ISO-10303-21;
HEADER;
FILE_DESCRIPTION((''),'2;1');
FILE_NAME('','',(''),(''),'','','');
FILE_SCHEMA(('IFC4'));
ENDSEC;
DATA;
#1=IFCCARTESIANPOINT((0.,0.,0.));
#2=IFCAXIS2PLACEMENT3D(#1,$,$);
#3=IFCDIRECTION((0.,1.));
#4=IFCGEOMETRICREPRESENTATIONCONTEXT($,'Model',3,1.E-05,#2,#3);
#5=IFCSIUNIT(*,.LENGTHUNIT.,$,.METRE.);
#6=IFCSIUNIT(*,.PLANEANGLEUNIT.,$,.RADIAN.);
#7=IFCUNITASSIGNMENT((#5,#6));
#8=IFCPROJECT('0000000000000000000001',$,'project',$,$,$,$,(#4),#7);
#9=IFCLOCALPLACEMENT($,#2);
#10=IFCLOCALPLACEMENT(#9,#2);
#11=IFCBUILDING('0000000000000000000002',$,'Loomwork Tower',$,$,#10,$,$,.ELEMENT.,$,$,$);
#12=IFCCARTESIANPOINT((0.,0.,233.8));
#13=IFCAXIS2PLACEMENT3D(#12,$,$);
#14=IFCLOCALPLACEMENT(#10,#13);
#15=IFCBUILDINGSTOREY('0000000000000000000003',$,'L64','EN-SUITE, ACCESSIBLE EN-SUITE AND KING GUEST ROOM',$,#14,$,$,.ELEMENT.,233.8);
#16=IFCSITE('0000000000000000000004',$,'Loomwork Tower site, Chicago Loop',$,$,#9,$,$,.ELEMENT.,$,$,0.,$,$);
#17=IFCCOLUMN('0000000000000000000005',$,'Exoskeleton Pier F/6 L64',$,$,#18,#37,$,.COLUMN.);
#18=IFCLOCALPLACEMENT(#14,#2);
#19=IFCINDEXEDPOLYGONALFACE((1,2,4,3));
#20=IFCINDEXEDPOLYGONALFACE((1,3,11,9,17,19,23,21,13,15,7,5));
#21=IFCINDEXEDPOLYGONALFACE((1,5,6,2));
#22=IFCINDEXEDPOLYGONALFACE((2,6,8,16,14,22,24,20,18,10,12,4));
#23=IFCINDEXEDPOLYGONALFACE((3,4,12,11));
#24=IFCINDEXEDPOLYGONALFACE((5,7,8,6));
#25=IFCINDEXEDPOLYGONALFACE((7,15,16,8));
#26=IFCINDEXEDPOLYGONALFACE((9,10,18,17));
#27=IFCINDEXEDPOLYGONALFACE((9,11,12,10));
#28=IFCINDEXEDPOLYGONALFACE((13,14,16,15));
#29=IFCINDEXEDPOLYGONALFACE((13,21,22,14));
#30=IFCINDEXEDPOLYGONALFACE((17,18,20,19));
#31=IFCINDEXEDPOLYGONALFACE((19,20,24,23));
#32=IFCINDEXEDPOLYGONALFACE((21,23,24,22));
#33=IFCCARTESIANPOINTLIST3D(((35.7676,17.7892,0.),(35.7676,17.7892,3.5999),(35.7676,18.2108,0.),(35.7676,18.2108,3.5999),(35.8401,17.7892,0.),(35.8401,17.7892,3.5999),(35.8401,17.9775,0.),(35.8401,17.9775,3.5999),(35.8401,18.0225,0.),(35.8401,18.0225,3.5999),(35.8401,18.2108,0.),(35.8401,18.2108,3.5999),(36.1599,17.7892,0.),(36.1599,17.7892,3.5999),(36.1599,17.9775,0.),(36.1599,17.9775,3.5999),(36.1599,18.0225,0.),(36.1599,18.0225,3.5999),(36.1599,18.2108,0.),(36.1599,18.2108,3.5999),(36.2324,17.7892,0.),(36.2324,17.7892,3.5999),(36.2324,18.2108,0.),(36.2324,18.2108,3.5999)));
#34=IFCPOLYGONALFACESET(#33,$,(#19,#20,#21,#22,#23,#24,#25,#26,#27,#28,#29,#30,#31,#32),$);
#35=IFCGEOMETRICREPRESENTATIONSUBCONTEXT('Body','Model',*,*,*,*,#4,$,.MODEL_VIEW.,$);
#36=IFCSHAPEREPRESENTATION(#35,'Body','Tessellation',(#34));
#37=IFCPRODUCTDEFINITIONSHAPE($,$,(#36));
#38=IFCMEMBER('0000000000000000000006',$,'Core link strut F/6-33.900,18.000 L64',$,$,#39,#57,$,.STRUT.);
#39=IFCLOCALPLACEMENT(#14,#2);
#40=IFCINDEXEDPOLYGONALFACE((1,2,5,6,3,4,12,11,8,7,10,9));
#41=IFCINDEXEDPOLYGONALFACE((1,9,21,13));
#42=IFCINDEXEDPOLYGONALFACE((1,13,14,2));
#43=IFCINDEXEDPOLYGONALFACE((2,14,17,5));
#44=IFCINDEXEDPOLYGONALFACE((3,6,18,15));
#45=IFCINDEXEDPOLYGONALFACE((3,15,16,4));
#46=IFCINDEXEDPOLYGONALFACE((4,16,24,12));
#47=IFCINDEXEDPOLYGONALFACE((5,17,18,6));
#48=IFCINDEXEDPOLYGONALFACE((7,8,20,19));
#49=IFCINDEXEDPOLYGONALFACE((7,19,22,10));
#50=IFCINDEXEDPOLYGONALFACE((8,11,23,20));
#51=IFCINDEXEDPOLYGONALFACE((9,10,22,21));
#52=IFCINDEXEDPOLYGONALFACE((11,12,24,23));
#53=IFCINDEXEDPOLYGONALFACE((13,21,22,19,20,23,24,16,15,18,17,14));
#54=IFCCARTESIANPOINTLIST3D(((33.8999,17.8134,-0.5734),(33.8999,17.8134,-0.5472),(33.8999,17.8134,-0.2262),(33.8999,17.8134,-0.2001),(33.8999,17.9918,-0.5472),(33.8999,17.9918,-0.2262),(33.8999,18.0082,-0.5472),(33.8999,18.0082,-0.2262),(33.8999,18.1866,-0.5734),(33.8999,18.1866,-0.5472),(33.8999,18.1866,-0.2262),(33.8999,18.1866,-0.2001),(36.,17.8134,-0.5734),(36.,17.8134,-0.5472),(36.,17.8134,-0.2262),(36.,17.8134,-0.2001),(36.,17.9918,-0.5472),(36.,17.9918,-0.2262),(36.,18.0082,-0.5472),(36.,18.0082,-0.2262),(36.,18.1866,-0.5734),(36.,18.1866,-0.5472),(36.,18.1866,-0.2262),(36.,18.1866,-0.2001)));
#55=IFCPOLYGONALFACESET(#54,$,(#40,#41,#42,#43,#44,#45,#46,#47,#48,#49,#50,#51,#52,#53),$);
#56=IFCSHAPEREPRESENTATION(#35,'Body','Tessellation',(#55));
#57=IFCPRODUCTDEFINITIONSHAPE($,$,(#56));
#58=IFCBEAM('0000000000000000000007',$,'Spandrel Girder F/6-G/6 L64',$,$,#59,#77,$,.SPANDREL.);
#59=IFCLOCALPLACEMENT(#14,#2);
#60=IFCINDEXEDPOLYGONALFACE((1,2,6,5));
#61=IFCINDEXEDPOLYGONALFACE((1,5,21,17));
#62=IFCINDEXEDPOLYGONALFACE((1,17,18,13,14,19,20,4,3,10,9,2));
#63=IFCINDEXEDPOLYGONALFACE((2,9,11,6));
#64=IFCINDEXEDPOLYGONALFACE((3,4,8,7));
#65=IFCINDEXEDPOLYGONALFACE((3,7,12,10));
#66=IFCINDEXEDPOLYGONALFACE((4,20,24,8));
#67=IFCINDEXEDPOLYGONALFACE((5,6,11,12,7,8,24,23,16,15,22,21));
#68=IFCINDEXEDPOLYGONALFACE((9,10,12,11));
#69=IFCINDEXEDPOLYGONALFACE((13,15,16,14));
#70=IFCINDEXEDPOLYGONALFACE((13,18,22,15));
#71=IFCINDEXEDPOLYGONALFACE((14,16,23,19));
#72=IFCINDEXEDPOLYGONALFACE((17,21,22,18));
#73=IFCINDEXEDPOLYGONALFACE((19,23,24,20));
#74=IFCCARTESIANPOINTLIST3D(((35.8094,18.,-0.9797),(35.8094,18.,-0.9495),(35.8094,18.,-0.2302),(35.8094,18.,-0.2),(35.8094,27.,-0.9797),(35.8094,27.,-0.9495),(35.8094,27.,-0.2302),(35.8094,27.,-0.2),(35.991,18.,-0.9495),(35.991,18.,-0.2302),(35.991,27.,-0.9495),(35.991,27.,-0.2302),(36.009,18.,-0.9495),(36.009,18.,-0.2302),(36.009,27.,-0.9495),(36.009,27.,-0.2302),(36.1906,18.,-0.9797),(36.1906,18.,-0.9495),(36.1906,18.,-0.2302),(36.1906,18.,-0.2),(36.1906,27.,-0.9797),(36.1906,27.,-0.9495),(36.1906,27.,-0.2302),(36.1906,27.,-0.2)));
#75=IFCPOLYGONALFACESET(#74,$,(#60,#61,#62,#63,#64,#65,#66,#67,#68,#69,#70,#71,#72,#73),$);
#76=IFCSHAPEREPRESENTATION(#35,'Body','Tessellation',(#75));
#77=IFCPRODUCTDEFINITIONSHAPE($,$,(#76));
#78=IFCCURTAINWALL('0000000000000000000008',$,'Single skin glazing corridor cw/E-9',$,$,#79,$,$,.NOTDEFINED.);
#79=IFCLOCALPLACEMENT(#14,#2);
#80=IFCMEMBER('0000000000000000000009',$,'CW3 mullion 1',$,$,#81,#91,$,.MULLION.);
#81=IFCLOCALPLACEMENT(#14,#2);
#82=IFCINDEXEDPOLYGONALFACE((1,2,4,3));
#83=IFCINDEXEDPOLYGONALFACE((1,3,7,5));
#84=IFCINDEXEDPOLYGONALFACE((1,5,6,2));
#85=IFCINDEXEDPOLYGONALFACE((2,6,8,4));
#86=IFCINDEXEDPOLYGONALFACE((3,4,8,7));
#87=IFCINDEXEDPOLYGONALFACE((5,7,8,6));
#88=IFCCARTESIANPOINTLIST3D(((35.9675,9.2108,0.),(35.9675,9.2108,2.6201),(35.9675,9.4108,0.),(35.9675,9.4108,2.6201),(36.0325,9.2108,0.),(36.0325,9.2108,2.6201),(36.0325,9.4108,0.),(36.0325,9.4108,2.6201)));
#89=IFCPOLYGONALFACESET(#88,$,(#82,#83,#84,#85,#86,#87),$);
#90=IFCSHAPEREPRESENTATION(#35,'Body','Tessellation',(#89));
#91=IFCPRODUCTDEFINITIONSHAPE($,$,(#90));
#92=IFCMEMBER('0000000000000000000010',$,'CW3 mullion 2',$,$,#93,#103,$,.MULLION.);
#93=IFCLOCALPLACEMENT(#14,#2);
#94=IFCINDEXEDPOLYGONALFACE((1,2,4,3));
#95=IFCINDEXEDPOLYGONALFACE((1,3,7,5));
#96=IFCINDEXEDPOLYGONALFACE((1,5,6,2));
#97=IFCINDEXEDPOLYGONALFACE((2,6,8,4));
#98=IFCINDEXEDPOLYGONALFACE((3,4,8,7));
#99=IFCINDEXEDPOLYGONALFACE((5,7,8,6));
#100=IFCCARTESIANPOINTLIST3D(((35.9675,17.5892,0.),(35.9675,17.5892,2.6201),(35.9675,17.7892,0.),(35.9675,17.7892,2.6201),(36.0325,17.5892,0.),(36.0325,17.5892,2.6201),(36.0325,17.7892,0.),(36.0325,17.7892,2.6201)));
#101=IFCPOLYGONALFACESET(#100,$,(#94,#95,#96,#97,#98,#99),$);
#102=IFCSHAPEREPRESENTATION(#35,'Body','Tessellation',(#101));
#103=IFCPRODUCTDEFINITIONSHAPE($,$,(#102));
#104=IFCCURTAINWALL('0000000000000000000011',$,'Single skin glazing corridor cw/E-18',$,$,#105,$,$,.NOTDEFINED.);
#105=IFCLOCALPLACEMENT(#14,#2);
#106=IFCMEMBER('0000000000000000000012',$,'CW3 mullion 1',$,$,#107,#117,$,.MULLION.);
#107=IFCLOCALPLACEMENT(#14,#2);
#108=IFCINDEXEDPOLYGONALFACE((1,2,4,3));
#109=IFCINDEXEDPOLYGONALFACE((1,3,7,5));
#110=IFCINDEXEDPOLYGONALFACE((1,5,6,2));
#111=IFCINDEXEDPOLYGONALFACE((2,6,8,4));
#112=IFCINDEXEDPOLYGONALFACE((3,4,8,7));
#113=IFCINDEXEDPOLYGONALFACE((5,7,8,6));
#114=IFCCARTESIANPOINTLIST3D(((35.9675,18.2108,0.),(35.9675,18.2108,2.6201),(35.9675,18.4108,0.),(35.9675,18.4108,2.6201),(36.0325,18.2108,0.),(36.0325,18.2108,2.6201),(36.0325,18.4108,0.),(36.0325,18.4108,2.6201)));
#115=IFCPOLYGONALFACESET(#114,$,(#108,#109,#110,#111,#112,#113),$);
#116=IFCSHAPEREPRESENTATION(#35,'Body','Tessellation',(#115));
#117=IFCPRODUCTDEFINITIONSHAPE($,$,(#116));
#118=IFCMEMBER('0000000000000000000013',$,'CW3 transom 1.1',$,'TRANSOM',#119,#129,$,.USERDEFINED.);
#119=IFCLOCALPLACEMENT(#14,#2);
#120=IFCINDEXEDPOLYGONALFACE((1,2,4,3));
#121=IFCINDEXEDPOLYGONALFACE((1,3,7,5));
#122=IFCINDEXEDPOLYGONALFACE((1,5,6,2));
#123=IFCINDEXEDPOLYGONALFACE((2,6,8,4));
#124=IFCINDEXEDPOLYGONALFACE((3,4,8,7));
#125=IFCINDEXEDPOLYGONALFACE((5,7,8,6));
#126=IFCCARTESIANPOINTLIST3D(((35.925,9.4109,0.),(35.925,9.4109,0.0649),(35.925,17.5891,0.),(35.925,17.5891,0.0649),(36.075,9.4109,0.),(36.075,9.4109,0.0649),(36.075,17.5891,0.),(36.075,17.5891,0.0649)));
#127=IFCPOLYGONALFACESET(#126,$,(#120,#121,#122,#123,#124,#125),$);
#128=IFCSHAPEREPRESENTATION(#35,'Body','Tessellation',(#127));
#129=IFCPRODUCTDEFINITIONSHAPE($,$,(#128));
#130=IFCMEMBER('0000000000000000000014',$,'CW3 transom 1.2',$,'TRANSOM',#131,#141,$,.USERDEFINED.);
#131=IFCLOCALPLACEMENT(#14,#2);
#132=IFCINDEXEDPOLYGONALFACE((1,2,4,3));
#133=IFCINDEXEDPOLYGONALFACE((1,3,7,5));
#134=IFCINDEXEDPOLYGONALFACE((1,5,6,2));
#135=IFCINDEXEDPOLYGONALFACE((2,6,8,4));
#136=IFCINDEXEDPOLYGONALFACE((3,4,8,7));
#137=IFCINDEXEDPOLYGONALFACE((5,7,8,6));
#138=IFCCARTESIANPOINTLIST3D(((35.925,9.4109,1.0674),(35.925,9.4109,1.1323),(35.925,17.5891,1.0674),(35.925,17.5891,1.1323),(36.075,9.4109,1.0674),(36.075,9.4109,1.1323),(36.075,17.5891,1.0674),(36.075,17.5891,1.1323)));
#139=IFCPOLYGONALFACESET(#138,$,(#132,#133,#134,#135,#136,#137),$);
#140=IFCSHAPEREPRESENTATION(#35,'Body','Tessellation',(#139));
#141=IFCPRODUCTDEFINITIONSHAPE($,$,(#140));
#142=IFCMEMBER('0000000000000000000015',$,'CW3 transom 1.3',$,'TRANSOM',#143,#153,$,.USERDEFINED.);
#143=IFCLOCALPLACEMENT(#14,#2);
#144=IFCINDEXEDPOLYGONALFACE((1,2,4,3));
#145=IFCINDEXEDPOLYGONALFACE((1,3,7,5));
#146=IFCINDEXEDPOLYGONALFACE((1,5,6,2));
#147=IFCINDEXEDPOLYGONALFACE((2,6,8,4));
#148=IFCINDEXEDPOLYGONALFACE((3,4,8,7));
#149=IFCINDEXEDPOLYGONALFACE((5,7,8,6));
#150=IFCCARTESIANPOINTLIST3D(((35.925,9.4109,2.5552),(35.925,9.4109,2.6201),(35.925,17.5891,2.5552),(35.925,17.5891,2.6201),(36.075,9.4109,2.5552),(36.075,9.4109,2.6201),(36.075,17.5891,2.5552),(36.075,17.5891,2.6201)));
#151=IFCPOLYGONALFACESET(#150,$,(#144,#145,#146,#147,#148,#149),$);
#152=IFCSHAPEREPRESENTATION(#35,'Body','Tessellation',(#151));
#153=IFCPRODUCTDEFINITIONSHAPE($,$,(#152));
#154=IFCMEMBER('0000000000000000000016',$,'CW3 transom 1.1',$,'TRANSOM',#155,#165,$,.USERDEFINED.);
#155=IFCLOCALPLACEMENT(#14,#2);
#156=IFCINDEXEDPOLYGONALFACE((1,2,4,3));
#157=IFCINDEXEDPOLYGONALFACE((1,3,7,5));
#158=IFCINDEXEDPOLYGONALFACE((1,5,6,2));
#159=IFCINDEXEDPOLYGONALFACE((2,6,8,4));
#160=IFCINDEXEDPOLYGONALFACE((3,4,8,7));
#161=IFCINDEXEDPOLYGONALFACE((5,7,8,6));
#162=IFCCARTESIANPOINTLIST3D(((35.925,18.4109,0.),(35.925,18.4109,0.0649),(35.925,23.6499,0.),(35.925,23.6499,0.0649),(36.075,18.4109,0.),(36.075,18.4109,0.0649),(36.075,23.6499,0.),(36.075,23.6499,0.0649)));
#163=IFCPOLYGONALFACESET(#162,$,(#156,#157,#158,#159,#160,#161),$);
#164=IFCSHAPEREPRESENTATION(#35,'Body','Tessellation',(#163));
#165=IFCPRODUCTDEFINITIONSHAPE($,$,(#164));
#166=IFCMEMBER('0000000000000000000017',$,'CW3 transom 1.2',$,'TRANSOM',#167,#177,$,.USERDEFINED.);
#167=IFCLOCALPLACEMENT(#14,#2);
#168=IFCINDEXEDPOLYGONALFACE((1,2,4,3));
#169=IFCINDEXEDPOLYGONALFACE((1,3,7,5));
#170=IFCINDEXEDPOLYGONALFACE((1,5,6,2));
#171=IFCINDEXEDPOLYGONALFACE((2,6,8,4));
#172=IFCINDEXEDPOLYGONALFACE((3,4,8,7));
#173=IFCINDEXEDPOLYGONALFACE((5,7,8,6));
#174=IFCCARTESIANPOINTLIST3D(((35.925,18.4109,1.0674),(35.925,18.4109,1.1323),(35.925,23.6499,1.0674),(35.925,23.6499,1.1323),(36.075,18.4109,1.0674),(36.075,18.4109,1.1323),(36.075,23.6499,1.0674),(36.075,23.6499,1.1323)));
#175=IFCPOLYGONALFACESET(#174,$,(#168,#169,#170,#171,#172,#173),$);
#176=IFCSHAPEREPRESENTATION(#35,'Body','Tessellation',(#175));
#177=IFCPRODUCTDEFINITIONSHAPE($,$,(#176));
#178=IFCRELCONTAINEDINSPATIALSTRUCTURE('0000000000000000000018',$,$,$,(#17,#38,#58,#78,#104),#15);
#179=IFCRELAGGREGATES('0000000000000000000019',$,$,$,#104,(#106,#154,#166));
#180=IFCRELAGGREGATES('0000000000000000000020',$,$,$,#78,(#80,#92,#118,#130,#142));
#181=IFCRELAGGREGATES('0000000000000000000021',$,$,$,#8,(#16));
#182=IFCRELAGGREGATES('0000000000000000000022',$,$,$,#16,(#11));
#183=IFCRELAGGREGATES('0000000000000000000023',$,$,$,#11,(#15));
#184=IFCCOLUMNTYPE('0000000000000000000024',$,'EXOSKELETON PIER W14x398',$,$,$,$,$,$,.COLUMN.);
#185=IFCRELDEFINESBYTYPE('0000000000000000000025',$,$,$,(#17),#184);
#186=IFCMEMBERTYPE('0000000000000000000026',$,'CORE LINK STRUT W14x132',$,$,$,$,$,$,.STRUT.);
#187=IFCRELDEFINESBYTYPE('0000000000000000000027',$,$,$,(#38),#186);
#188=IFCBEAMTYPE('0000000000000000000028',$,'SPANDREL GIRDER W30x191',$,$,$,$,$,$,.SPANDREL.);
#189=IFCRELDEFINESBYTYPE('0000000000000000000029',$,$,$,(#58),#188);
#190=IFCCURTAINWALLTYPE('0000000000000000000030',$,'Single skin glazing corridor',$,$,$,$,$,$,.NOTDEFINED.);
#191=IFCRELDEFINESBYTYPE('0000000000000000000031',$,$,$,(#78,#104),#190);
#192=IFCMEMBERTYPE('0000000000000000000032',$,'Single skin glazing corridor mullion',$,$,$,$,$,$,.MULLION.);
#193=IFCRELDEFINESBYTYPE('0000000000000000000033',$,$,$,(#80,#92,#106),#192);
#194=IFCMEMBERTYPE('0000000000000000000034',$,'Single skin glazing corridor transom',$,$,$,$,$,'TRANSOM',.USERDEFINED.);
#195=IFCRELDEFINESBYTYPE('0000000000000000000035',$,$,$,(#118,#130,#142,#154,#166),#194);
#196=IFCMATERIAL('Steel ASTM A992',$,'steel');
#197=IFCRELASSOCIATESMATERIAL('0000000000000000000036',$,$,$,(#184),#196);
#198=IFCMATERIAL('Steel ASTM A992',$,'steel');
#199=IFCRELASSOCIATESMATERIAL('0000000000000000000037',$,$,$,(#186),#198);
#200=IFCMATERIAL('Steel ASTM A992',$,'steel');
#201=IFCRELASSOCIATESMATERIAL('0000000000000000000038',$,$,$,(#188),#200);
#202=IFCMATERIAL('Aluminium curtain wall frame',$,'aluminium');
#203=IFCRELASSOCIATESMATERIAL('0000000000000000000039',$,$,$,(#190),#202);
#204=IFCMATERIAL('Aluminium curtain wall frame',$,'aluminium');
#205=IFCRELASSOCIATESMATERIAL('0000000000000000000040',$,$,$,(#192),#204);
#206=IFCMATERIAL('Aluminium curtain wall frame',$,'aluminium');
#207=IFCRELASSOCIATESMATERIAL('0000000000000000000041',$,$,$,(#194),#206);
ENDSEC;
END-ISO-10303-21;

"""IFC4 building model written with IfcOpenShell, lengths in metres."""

from ifc_helpers import new_model, si_unit, direction, frame, origin, origin_2d, place, context, subcontext, project, spatial, rectangle, i_section, extrude, material, material_profile, profile_set, type_object, element, aggregate, save


model = new_model("IFC4")

# Units and contexts
model_context = context("Model", 3, precision=1e-05, world=origin(), true_north=direction((0.0, 1.0)))
body_context = subcontext(model_context, "Body", "Model", "MODEL_VIEW")
ifc_project = project(units=[si_unit("LENGTHUNIT", "METRE"), si_unit("PLANEANGLEUNIT", "RADIAN")], contexts=[model_context])

# Site, building, storey
site_placement = place(None, origin())
site = spatial("IfcSite", under=ifc_project, at=site_placement, Name="Loomwork Tower site, Chicago Loop", CompositionType="ELEMENT", RefElevation=0.0)
building_placement = place(site_placement, origin())
building = spatial("IfcBuilding", under=site, at=building_placement, Name="Loomwork Tower", CompositionType="ELEMENT")
storey_placement = place(building_placement, frame((0.0, 0.0, 233.8)))
storey = spatial("IfcBuildingStorey", under=building, at=storey_placement, Name="L64", Description="EN-SUITE, ACCESSIBLE EN-SUITE AND KING GUEST ROOM", CompositionType="ELEMENT", Elevation=233.8)

# Column
ifc_material_1 = material(Name="Steel ASTM A992", Category="steel")
ifc_material_profile_1 = material_profile(ifc_material_1, i_section(OverallWidth=0.4216, OverallDepth=0.4648, WebThickness=0.0449, FlangeThickness=0.0725, at=origin_2d()), Name="W14x398")
ifc_profile_set_1 = profile_set([ifc_material_profile_1], Name="Steel ASTM A992")
column_type = type_object("IfcColumnType", Name="EXOSKELETON PIER W14x398", PredefinedType="COLUMN", material=ifc_profile_set_1)
column_placement = place(storey_placement, frame((36.0, 18.0, 0.0), z_axis=(0.0, 0.0, 1.0), x_axis=(0.0, 1.0, 0.0)))
element("IfcColumn", 1, at=column_placement, inside=storey, type_object=column_type, Name="Exoskeleton Pier F/6 L64", PredefinedType="COLUMN", context=body_context, shape_type="SweptSolid", body=[
    extrude(i_section(OverallWidth=0.4216, OverallDepth=0.4648, WebThickness=0.0449, FlangeThickness=0.0725, at=origin_2d()), origin(), (0.0, 0.0, 1.0), 3.5999),
])

# Member
ifc_material_2 = material(Name="Steel ASTM A992", Category="steel")
ifc_material_profile_2 = material_profile(ifc_material_2, i_section(OverallWidth=0.3733, OverallDepth=0.3733, WebThickness=0.0164, FlangeThickness=0.0261, at=origin_2d()), Name="W14x132")
ifc_profile_set_2 = profile_set([ifc_material_profile_2], Name="Steel ASTM A992")
member_type_1 = type_object("IfcMemberType", Name="CORE LINK STRUT W14x132", PredefinedType="STRUT", material=ifc_profile_set_2)
member_1_placement = place(storey_placement, frame((36.0, 18.0, -0.3867), z_axis=(-1.0, 0.0, 0.0), x_axis=(0.0, -1.0, 0.0)))
element("IfcMember", 2, at=member_1_placement, inside=storey, type_object=member_type_1, Name="Core link strut F/6-33.900,18.000 L64", PredefinedType="STRUT", context=body_context, shape_type="SweptSolid", body=[
    extrude(i_section(OverallWidth=0.3733, OverallDepth=0.3733, WebThickness=0.0164, FlangeThickness=0.0261, at=origin_2d()), origin(), (0.0, 0.0, 1.0), 2.1001),
])

# Beam
ifc_material_3 = material(Name="Steel ASTM A992", Category="steel")
ifc_material_profile_3 = material_profile(ifc_material_3, i_section(OverallWidth=0.3811, OverallDepth=0.7798, WebThickness=0.0181, FlangeThickness=0.0303, at=origin_2d()), Name="W30x191")
ifc_profile_set_3 = profile_set([ifc_material_profile_3], Name="Steel ASTM A992")
beam_type = type_object("IfcBeamType", Name="SPANDREL GIRDER W30x191", PredefinedType="SPANDREL", material=ifc_profile_set_3)
beam_placement = place(storey_placement, frame((36.0, 18.0, -0.5898), z_axis=(0.0, 1.0, 0.0), x_axis=(-1.0, 0.0, 0.0)))
element("IfcBeam", 3, at=beam_placement, inside=storey, type_object=beam_type, Name="Spandrel Girder F/6-G/6 L64", PredefinedType="SPANDREL", context=body_context, shape_type="SweptSolid", body=[
    extrude(i_section(OverallWidth=0.3811, OverallDepth=0.7798, WebThickness=0.0181, FlangeThickness=0.0303, at=origin_2d()), origin(), (0.0, 0.0, 1.0), 9.0),
])

# Curtain wall, members
ifc_material_4 = material(Name="Aluminium curtain wall frame", Category="aluminium")
curtain_wall_type = type_object("IfcCurtainWallType", Name="Single skin glazing corridor", PredefinedType="NOTDEFINED", material=ifc_material_4)
curtain_wall_1_placement = place(storey_placement, origin())
curtain_wall_1 = element("IfcCurtainWall", 4, at=curtain_wall_1_placement, inside=storey, type_object=curtain_wall_type, Name="Single skin glazing corridor cw/E-9", PredefinedType="NOTDEFINED")
ifc_material_5 = material(Name="Aluminium curtain wall frame", Category="aluminium")
ifc_material_profile_4 = material_profile(ifc_material_5, rectangle(XDim=0.0649, YDim=0.2, at=origin_2d()), Name="AL 65x200")
ifc_profile_set_4 = profile_set([ifc_material_profile_4], Name="Aluminium curtain wall frame")
member_type_2 = type_object("IfcMemberType", Name="Single skin glazing corridor mullion", PredefinedType="MULLION", material=ifc_profile_set_4)
member_2_placement = place(storey_placement, frame((36.0, 9.3108, 0.0), z_axis=(0.0, 0.0, 1.0), x_axis=(-1.0, 0.0, 0.0)))
member_2 = element("IfcMember", 5, at=member_2_placement, type_object=member_type_2, Name="CW3 mullion 1", PredefinedType="MULLION", context=body_context, shape_type="SweptSolid", body=[
    extrude(rectangle(XDim=0.0649, YDim=0.2, at=origin_2d()), origin(), (0.0, 0.0, 1.0), 2.6201),
])
member_3_placement = place(storey_placement, frame((36.0, 17.6892, 0.0), z_axis=(0.0, 0.0, 1.0), x_axis=(-1.0, 0.0, 0.0)))
member_3 = element("IfcMember", 6, at=member_3_placement, type_object=member_type_2, Name="CW3 mullion 2", PredefinedType="MULLION", context=body_context, shape_type="SweptSolid", body=[
    extrude(rectangle(XDim=0.0649, YDim=0.2, at=origin_2d()), origin(), (0.0, 0.0, 1.0), 2.6201),
])

# Curtain wall, member
curtain_wall_2_placement = place(storey_placement, origin())
curtain_wall_2 = element("IfcCurtainWall", 7, at=curtain_wall_2_placement, inside=storey, type_object=curtain_wall_type, Name="Single skin glazing corridor cw/E-18", PredefinedType="NOTDEFINED")
member_4_placement = place(storey_placement, frame((36.0, 18.3108, 0.0), z_axis=(0.0, 0.0, 1.0), x_axis=(-1.0, 0.0, 0.0)))
member_4 = element("IfcMember", 8, at=member_4_placement, type_object=member_type_2, Name="CW3 mullion 1", PredefinedType="MULLION", context=body_context, shape_type="SweptSolid", body=[
    extrude(rectangle(XDim=0.0649, YDim=0.2, at=origin_2d()), origin(), (0.0, 0.0, 1.0), 2.6201),
])

# Members
ifc_material_6 = material(Name="Aluminium curtain wall frame", Category="aluminium")
ifc_material_profile_5 = material_profile(ifc_material_6, rectangle(XDim=0.1499, YDim=0.0649, at=origin_2d()), Name="AL 65x150")
ifc_profile_set_5 = profile_set([ifc_material_profile_5], Name="Aluminium curtain wall frame")
member_type_3 = type_object("IfcMemberType", Name="Single skin glazing corridor transom", ElementType="TRANSOM", PredefinedType="USERDEFINED", material=ifc_profile_set_5)
member_5_placement = place(storey_placement, frame((36.0, 9.4109, 0.0325), z_axis=(0.0, 1.0, 0.0), x_axis=(-1.0, 0.0, 0.0)))
member_5 = element("IfcMember", 9, at=member_5_placement, type_object=member_type_3, Name="CW3 transom 1.1", ObjectType="TRANSOM", PredefinedType="USERDEFINED", context=body_context, shape_type="SweptSolid", body=[
    extrude(rectangle(XDim=0.1499, YDim=0.0649, at=origin_2d()), origin(), (0.0, 0.0, 1.0), 8.1782),
])
member_6_placement = place(storey_placement, frame((36.0, 9.4109, 1.0999), z_axis=(0.0, 1.0, 0.0), x_axis=(-1.0, 0.0, 0.0)))
member_6 = element("IfcMember", 10, at=member_6_placement, type_object=member_type_3, Name="CW3 transom 1.2", ObjectType="TRANSOM", PredefinedType="USERDEFINED", context=body_context, shape_type="SweptSolid", body=[
    extrude(rectangle(XDim=0.1499, YDim=0.0649, at=origin_2d()), origin(), (0.0, 0.0, 1.0), 8.1782),
])
member_7_placement = place(storey_placement, frame((36.0, 9.4109, 2.5876), z_axis=(0.0, 1.0, 0.0), x_axis=(-1.0, 0.0, 0.0)))
member_7 = element("IfcMember", 11, at=member_7_placement, type_object=member_type_3, Name="CW3 transom 1.3", ObjectType="TRANSOM", PredefinedType="USERDEFINED", context=body_context, shape_type="SweptSolid", body=[
    extrude(rectangle(XDim=0.1499, YDim=0.0649, at=origin_2d()), origin(), (0.0, 0.0, 1.0), 8.1782),
])
member_8_placement = place(storey_placement, frame((36.0, 18.4109, 0.0325), z_axis=(0.0, 1.0, 0.0), x_axis=(-1.0, 0.0, 0.0)))
member_8 = element("IfcMember", 12, at=member_8_placement, type_object=member_type_3, Name="CW3 transom 1.1", ObjectType="TRANSOM", PredefinedType="USERDEFINED", context=body_context, shape_type="SweptSolid", body=[
    extrude(rectangle(XDim=0.1499, YDim=0.0649, at=origin_2d()), origin(), (0.0, 0.0, 1.0), 5.239),
])
member_9_placement = place(storey_placement, frame((36.0, 18.4109, 1.0999), z_axis=(0.0, 1.0, 0.0), x_axis=(-1.0, 0.0, 0.0)))
member_9 = element("IfcMember", 13, at=member_9_placement, type_object=member_type_3, Name="CW3 transom 1.2", ObjectType="TRANSOM", PredefinedType="USERDEFINED", context=body_context, shape_type="SweptSolid", body=[
    extrude(rectangle(XDim=0.1499, YDim=0.0649, at=origin_2d()), origin(), (0.0, 0.0, 1.0), 5.239),
])
aggregate(curtain_wall_2, [member_4, member_8, member_9])

aggregate(curtain_wall_1, [member_2, member_3, member_5, member_6, member_7])

save(model, "model.ifc")
